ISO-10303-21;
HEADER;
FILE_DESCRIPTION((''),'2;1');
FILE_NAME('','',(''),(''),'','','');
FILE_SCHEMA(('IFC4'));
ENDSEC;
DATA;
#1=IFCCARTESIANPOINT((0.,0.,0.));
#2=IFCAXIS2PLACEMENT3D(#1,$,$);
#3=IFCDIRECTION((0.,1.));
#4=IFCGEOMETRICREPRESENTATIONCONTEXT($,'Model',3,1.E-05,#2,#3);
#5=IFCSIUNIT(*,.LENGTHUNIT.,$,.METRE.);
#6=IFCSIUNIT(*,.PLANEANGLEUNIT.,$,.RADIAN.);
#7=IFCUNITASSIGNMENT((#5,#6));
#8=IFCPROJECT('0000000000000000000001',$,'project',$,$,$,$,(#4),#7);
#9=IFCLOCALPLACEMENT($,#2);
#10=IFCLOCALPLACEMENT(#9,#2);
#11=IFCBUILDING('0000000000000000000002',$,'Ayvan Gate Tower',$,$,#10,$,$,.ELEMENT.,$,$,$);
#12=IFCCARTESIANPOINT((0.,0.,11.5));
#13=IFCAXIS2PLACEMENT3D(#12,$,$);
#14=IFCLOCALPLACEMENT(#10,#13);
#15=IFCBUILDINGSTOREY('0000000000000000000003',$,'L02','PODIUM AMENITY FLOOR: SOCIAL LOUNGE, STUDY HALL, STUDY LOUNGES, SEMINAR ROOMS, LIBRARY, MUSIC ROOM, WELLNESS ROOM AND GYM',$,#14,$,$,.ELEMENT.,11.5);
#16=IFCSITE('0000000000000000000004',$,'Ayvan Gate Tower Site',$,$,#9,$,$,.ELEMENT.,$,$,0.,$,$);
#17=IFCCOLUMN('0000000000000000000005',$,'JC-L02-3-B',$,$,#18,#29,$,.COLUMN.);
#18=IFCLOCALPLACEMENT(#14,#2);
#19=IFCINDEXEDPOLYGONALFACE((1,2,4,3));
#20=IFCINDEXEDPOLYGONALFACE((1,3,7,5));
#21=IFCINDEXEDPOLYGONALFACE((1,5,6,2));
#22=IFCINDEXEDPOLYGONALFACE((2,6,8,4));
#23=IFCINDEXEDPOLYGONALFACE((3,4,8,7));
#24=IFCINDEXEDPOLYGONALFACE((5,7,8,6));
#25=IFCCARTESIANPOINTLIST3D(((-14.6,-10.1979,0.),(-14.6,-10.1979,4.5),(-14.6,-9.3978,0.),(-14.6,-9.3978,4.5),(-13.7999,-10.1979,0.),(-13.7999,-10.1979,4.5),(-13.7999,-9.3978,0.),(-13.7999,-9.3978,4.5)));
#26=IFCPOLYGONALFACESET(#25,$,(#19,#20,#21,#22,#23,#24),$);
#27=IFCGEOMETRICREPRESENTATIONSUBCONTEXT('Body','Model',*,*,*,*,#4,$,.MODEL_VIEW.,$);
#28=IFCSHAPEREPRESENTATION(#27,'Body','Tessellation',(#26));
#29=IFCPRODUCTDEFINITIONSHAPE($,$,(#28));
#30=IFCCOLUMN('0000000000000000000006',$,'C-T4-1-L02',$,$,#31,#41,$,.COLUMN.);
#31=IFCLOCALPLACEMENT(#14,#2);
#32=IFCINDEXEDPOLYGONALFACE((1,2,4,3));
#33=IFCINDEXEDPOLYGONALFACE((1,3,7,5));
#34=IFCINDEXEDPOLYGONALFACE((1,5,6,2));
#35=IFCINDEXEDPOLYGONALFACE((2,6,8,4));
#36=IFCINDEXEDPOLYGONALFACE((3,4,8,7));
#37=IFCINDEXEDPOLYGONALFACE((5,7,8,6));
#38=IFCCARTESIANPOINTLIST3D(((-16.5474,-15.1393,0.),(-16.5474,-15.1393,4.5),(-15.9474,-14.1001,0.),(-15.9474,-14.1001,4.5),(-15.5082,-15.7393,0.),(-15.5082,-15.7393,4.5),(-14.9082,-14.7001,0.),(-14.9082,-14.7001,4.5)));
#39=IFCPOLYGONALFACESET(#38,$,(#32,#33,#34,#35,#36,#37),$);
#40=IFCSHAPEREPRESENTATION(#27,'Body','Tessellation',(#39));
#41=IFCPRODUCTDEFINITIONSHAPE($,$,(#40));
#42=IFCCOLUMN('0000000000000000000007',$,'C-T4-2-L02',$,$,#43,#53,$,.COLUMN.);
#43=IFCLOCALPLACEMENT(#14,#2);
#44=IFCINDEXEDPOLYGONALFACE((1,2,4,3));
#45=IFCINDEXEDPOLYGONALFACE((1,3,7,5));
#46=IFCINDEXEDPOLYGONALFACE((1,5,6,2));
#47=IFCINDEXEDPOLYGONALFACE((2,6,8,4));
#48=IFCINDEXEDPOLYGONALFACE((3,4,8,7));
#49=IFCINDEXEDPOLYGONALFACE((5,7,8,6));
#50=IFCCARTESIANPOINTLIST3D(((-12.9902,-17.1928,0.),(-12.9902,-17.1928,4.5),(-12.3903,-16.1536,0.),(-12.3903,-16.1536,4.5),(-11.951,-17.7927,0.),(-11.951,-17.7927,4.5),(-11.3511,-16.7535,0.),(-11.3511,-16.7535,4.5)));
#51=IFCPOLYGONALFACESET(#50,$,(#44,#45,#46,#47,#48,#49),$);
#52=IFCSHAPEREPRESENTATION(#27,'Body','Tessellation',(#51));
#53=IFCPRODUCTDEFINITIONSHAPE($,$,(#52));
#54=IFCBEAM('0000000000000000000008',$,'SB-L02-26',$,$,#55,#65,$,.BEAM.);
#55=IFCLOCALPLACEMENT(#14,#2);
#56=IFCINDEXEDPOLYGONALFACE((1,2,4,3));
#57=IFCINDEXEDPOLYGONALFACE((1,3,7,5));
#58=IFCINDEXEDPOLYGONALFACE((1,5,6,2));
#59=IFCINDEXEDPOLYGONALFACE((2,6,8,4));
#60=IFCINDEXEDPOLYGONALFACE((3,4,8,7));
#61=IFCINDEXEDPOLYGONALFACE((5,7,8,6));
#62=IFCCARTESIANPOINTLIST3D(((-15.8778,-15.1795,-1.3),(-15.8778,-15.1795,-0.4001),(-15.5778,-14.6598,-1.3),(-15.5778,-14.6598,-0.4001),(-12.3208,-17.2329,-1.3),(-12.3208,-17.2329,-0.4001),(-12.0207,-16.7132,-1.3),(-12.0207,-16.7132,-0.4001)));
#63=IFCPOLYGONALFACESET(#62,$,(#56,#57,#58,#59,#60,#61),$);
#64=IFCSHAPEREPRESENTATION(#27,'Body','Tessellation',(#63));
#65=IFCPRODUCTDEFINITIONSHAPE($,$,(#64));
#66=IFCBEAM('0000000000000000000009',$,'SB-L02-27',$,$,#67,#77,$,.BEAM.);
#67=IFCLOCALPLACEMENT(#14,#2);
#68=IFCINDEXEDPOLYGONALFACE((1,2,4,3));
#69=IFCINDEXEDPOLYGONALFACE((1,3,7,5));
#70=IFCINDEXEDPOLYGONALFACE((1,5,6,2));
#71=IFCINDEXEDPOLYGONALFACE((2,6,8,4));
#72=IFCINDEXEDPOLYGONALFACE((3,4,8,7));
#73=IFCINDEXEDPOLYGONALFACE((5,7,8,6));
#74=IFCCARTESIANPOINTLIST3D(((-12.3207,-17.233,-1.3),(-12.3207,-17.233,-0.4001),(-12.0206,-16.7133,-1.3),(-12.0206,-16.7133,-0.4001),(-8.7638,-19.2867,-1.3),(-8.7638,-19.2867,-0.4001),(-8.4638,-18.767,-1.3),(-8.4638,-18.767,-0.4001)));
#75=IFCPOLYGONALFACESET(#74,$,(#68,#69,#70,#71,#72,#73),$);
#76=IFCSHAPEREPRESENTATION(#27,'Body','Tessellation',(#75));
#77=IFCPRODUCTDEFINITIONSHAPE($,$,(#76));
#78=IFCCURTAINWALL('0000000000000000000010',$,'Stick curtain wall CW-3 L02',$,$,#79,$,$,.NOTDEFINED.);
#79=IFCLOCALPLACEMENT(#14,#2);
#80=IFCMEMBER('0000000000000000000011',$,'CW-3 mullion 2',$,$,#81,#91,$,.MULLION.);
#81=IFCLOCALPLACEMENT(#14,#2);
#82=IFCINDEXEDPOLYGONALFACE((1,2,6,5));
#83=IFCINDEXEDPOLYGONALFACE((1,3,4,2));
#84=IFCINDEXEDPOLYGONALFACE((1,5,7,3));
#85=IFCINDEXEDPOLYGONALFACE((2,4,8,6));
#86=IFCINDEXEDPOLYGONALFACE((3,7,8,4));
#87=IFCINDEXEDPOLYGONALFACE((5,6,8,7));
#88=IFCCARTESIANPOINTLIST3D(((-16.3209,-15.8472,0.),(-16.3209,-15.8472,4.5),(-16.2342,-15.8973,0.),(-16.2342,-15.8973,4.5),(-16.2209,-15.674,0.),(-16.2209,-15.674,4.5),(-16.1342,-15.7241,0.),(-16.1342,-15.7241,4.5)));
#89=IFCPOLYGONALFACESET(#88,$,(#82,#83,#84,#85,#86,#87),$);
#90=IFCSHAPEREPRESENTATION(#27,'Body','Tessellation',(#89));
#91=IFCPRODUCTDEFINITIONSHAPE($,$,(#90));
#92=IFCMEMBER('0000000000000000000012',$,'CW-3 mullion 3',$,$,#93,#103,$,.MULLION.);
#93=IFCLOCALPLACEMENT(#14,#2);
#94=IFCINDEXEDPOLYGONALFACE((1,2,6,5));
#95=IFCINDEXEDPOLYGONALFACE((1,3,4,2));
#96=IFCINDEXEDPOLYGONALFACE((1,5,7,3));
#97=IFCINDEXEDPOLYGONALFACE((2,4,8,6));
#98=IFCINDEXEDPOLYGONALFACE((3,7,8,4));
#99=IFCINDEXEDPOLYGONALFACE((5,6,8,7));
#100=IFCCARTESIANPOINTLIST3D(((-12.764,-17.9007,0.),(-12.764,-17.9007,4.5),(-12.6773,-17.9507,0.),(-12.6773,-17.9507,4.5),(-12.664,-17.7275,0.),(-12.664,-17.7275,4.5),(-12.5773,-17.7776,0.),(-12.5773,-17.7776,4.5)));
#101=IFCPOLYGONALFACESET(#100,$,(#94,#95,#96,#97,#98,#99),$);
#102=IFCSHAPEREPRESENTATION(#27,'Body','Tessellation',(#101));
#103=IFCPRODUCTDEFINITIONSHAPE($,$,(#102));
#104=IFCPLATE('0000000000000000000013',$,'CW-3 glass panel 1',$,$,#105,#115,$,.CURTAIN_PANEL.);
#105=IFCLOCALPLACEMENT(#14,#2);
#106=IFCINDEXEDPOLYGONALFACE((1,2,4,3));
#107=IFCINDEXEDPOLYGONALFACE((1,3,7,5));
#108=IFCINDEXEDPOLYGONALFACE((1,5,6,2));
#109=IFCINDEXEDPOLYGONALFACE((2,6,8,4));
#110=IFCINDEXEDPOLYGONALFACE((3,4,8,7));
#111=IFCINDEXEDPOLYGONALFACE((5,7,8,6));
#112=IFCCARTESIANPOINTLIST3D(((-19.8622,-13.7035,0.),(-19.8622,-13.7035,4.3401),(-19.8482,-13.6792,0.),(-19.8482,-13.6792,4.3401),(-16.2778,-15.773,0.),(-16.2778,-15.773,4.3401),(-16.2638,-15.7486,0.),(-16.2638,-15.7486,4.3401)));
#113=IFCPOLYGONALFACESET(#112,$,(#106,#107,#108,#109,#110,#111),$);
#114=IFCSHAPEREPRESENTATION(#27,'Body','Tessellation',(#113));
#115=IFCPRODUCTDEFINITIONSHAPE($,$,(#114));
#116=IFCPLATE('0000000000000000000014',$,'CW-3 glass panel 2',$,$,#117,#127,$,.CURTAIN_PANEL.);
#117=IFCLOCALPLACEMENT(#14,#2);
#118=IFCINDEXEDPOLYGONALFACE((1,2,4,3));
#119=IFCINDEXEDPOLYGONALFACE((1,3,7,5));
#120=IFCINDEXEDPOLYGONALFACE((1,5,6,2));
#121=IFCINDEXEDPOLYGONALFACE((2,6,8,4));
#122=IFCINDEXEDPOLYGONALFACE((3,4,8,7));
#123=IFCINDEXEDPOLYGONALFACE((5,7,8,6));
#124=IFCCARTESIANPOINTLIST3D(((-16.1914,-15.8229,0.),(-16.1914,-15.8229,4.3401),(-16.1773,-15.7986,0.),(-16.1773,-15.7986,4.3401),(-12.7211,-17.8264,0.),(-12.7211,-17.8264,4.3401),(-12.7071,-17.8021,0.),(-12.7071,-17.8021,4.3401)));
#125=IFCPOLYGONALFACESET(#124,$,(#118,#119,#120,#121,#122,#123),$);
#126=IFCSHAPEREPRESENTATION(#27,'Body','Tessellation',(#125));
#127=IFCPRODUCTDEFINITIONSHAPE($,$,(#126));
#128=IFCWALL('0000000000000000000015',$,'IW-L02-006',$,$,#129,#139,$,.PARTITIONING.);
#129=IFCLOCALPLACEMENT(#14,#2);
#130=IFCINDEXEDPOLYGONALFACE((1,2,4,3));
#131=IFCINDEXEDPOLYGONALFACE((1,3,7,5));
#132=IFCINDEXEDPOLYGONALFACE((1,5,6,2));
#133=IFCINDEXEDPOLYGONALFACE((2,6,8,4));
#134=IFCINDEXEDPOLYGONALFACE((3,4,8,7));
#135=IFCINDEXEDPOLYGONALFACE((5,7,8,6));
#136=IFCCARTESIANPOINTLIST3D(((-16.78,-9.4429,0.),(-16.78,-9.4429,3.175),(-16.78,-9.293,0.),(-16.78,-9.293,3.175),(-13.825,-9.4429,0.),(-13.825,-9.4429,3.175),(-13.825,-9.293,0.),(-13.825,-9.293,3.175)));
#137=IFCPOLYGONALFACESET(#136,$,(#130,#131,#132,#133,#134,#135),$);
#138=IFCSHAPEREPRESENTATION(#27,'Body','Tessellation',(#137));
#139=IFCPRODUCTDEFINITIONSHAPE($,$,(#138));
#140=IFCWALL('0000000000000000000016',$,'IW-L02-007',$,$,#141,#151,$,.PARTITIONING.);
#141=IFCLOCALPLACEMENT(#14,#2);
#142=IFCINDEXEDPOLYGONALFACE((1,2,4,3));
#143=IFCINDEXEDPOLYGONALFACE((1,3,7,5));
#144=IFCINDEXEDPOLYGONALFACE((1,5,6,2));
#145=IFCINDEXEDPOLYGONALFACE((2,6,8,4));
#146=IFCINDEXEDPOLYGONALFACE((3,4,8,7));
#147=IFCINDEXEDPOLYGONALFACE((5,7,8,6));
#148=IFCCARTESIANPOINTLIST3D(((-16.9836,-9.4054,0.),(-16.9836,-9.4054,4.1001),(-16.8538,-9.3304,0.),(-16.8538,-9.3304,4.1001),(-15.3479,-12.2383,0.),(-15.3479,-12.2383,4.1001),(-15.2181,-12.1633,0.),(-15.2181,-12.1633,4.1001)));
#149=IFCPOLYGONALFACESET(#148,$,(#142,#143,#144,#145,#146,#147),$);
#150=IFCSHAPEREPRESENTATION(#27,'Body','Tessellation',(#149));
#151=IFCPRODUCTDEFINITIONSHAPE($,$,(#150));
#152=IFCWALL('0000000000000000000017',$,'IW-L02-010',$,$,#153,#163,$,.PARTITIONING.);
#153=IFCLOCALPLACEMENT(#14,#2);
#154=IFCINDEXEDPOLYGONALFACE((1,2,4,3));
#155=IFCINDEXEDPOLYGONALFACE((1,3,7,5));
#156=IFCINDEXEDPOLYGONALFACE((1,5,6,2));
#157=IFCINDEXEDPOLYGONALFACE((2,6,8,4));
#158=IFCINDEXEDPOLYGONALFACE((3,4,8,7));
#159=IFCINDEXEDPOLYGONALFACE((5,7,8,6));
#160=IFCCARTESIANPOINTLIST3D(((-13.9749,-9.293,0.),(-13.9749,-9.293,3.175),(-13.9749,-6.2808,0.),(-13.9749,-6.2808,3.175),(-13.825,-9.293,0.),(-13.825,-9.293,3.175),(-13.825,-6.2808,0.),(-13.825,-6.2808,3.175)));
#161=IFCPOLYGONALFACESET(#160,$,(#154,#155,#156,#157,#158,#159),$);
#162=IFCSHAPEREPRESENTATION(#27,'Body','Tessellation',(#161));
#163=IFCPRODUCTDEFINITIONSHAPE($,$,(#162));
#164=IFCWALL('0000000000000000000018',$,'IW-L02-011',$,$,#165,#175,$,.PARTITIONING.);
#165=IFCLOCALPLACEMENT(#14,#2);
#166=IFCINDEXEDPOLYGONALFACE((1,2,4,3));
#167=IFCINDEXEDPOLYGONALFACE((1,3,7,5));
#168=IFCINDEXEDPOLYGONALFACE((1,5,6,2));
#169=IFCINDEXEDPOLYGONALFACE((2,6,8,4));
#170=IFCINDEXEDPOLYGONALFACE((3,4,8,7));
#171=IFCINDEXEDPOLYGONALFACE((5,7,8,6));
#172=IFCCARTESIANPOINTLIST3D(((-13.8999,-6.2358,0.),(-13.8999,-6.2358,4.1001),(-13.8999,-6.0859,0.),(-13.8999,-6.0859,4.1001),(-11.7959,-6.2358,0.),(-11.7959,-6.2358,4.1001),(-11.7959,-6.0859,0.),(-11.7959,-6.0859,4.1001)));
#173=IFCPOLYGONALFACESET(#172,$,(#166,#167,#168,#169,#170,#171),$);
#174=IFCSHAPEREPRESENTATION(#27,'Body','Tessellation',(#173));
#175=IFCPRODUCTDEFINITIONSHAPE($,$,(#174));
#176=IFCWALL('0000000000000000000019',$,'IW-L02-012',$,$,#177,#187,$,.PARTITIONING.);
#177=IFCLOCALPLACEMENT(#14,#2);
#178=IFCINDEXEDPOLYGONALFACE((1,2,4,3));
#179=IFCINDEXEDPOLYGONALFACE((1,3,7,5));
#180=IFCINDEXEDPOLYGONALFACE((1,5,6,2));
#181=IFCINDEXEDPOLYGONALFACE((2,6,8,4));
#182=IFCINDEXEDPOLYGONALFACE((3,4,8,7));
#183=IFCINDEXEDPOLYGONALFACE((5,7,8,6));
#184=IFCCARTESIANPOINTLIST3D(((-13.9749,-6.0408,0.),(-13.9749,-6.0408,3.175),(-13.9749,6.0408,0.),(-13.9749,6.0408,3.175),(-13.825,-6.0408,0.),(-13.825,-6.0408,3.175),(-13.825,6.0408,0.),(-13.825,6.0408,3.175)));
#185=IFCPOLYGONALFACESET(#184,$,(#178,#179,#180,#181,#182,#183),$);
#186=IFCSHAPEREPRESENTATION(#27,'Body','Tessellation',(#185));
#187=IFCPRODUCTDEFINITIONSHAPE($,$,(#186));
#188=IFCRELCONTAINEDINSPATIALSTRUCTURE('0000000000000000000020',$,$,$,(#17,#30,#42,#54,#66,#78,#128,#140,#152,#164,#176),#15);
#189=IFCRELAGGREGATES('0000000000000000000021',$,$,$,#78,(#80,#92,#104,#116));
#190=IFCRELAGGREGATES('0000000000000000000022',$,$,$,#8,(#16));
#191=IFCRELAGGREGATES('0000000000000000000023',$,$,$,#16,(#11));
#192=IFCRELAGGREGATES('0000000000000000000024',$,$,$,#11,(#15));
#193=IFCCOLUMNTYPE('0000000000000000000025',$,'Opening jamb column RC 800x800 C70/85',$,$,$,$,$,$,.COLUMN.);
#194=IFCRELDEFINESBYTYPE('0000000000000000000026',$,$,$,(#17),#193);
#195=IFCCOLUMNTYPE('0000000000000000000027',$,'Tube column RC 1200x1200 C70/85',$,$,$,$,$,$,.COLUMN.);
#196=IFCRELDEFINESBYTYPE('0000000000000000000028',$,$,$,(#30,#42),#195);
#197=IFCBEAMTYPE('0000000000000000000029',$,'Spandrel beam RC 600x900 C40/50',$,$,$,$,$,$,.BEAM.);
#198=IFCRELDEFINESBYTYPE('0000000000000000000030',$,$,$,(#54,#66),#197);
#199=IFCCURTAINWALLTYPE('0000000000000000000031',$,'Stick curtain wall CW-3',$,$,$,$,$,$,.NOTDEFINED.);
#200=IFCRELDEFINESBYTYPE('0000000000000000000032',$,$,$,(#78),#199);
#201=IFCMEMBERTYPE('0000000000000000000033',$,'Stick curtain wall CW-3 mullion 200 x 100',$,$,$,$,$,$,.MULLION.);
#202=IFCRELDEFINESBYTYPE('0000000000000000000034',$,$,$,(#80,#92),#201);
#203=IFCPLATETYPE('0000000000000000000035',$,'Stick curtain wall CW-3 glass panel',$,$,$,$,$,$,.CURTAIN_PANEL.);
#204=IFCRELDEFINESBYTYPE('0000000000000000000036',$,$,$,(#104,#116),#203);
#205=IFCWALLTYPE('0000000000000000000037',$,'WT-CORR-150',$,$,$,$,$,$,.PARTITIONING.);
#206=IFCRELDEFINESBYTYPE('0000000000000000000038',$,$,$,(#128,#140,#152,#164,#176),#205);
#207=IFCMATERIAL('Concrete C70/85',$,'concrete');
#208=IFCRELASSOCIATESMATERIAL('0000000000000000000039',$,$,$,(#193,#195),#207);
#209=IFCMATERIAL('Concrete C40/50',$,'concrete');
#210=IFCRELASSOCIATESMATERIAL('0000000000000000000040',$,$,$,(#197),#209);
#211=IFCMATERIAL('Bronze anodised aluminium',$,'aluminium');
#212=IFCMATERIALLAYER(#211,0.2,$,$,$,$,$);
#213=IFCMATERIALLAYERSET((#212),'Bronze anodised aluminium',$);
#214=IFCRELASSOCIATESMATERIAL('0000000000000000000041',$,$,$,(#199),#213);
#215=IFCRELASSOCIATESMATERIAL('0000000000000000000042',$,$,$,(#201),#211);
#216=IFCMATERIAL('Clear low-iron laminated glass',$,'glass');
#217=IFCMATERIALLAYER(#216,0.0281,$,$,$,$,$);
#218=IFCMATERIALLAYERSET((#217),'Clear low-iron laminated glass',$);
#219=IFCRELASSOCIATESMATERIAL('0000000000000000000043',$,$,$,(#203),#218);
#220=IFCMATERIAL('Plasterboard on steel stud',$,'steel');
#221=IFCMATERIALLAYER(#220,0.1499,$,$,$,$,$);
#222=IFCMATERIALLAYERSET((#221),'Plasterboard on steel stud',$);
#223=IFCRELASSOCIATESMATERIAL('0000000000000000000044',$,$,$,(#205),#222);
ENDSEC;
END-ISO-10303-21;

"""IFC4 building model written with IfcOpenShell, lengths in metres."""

from ifc_helpers import new_model, si_unit, direction, frame, frame_2d, origin, origin_2d, place, context, subcontext, project, spatial, rectangle, extrude, material, layer, layer_set, material_profile, profile_set, type_object, element, aggregate, save


model = new_model("IFC4")

# Units and contexts
model_context = context("Model", 3, precision=1e-05, world=origin(), true_north=direction((0.0, 1.0)))
body_context = subcontext(model_context, "Body", "Model", "MODEL_VIEW")
ifc_project = project(units=[si_unit("LENGTHUNIT", "METRE"), si_unit("PLANEANGLEUNIT", "RADIAN")], contexts=[model_context])

# Site, building, storey
site_placement = place(None, origin())
site = spatial("IfcSite", under=ifc_project, at=site_placement, Name="Ayvan Gate Tower Site", CompositionType="ELEMENT", RefElevation=0.0)
building_placement = place(site_placement, origin())
building = spatial("IfcBuilding", under=site, at=building_placement, Name="Ayvan Gate Tower", CompositionType="ELEMENT")
storey_placement = place(building_placement, frame((0.0, 0.0, 11.5)))
storey = spatial("IfcBuildingStorey", under=building, at=storey_placement, Name="L02", Description="PODIUM AMENITY FLOOR: SOCIAL LOUNGE, STUDY HALL, STUDY LOUNGES, SEMINAR ROOMS, LIBRARY, MUSIC ROOM, WELLNESS ROOM AND GYM", CompositionType="ELEMENT", Elevation=11.5)

# Columns
ifc_material_1 = material(Name="Concrete C70/85", Category="concrete")
ifc_material_profile_1 = material_profile(ifc_material_1, rectangle(XDim=0.8, YDim=0.8, at=origin_2d()), Name="RC 800x800")
ifc_profile_set_1 = profile_set([ifc_material_profile_1], Name="Concrete C70/85")
column_type_1 = type_object("IfcColumnType", Name="Opening jamb column RC 800x800 C70/85", PredefinedType="COLUMN", material=ifc_profile_set_1)
column_placement = place(storey_placement, frame((-14.2, -9.7979, 0.0), z_axis=(0.0, 0.0, 1.0), x_axis=(-1.0, 0.0, 0.0)))
element("IfcColumn", 1, at=column_placement, inside=storey, type_object=column_type_1, Name="JC-L02-3-B", PredefinedType="COLUMN", context=body_context, shape_type="SweptSolid", body=[
    extrude(rectangle(XDim=0.8, YDim=0.8, at=origin_2d()), origin(), (0.0, 0.0, 1.0), 4.5),
])
ifc_material_profile_2 = material_profile(ifc_material_1, rectangle(XDim=1.2, YDim=1.2, at=origin_2d()), Name="RC 1200x1200")
ifc_profile_set_2 = profile_set([ifc_material_profile_2], Name="Concrete C70/85")
column_type_2 = type_object("IfcColumnType", Name="Tube column RC 1200x1200 C70/85", PredefinedType="COLUMN", material=ifc_profile_set_2)
for number, where, z_axis, x_axis, name in (
    (2, (-15.7278, -14.9197, 0.0), (0.0, 0.0, 1.0), (-0.5, -0.866025, 0.0), "C-T4-1-L02"),
    (3, (-12.1707, -16.9731, 0.0), (0.0, 0.0, 1.0), (-0.5, -0.866025, 0.0), "C-T4-2-L02"),
):
    element("IfcColumn", number, at=place(storey_placement, frame(where, z_axis=z_axis, x_axis=x_axis)), inside=storey, type_object=column_type_2, Name=name, PredefinedType="COLUMN", context=body_context, shape_type="SweptSolid", body=[
        extrude(rectangle(XDim=1.2, YDim=1.2, at=origin_2d()), origin(), (0.0, 0.0, 1.0), 4.5),
    ])

# Beams
ifc_material_2 = material(Name="Concrete C40/50", Category="concrete")
ifc_material_profile_3 = material_profile(ifc_material_2, rectangle(XDim=0.6001, YDim=0.8999, at=origin_2d()), Name="RC 600x900")
ifc_profile_set_3 = profile_set([ifc_material_profile_3], Name="Concrete C40/50")
beam_type = type_object("IfcBeamType", Name="Spandrel beam RC 600x900 C40/50", PredefinedType="BEAM", material=ifc_profile_set_3)
for number, where, z_axis, x_axis, name in (
    (4, (-15.7278, -14.9197, -0.8501), (0.866051, -0.499956, 0.0), (0.499956, 0.866051, 0.0), "SB-L02-26"),
    (5, (-12.1707, -16.9731, -0.8501), (0.86601, -0.500026, 0.0), (0.500026, 0.86601, 0.0), "SB-L02-27"),
):
    element("IfcBeam", number, at=place(storey_placement, frame(where, z_axis=z_axis, x_axis=x_axis)), inside=storey, type_object=beam_type, Name=name, PredefinedType="BEAM", context=body_context, shape_type="SweptSolid", body=[
        extrude(rectangle(XDim=0.6001, YDim=0.8999, at=origin_2d()), origin(), (0.0, 0.0, 1.0), 4.1072),
    ])

# Curtain wall, members, plates
ifc_material_3 = material(Name="Bronze anodised aluminium", Category="aluminium")
ifc_layer_1 = layer(ifc_material_3, 0.2)
ifc_layer_set_1 = layer_set([ifc_layer_1], Name="Bronze anodised aluminium")
curtain_wall_type = type_object("IfcCurtainWallType", Name="Stick curtain wall CW-3", PredefinedType="NOTDEFINED", material=ifc_layer_set_1)
curtain_wall_placement = place(storey_placement, origin())
curtain_wall = element("IfcCurtainWall", 6, at=curtain_wall_placement, inside=storey, type_object=curtain_wall_type, Name="Stick curtain wall CW-3 L02", PredefinedType="NOTDEFINED")
ifc_material_profile_4 = material_profile(ifc_material_3, rectangle(XDim=0.2, YDim=0.1001, at=origin_2d()), Name="Stick curtain wall CW-3 mullion 200 x 100")
ifc_profile_set_4 = profile_set([ifc_material_profile_4], Name="Bronze anodised aluminium")
member_type = type_object("IfcMemberType", Name="Stick curtain wall CW-3 mullion 200 x 100", PredefinedType="MULLION", material=ifc_profile_set_4)
member_1_placement = place(storey_placement, frame((-16.2275, -15.7856, 0.0), z_axis=(0.0, 0.0, 1.0), x_axis=(-0.5, -0.866025, 0.0)))
member_1 = element("IfcMember", 7, at=member_1_placement, type_object=member_type, Name="CW-3 mullion 2", PredefinedType="MULLION", context=body_context, shape_type="SweptSolid", body=[
    extrude(rectangle(XDim=0.2, YDim=0.1001, at=origin_2d()), origin(), (0.0, 0.0, 1.0), 4.5),
])
member_2_placement = place(storey_placement, frame((-12.6707, -17.8391, 0.0), z_axis=(0.0, 0.0, 1.0), x_axis=(-0.5, -0.866025, 0.0)))
member_2 = element("IfcMember", 8, at=member_2_placement, type_object=member_type, Name="CW-3 mullion 3", PredefinedType="MULLION", context=body_context, shape_type="SweptSolid", body=[
    extrude(rectangle(XDim=0.2, YDim=0.1001, at=origin_2d()), origin(), (0.0, 0.0, 1.0), 4.5),
])
ifc_material_4 = material(Name="Clear low-iron laminated glass", Category="glass")
ifc_layer_2 = layer(ifc_material_4, 0.0281)
ifc_layer_set_2 = layer_set([ifc_layer_2], Name="Clear low-iron laminated glass")
plate_type = type_object("IfcPlateType", Name="Stick curtain wall CW-3 glass panel", PredefinedType="CURTAIN_PANEL", material=ifc_layer_set_2)
plate_1_placement = place(storey_placement, frame((-18.063, -14.7261, 0.0), z_axis=(0.0, 0.0, 1.0), x_axis=(0.866025, -0.5, 0.0)))
plate_1 = element("IfcPlate", 9, at=plate_1_placement, type_object=plate_type, Name="CW-3 glass panel 1", PredefinedType="CURTAIN_PANEL", context=body_context, shape_type="SweptSolid", body=[
    extrude(rectangle(XDim=4.1389, YDim=0.0281, at=origin_2d()), origin(), (0.0, 0.0, 1.0), 4.3401),
])
plate_2_placement = place(storey_placement, frame((-14.4492, -16.8125, 0.0), z_axis=(0.0, 0.0, 1.0), x_axis=(0.866025, -0.5, 0.0)))
plate_2 = element("IfcPlate", 10, at=plate_2_placement, type_object=plate_type, Name="CW-3 glass panel 2", PredefinedType="CURTAIN_PANEL", context=body_context, shape_type="SweptSolid", body=[
    extrude(rectangle(XDim=4.0071, YDim=0.0281, at=origin_2d()), origin(), (0.0, 0.0, 1.0), 4.3401),
])
aggregate(curtain_wall, [member_1, member_2, plate_1, plate_2])

# Walls
ifc_material_5 = material(Name="Plasterboard on steel stud", Category="steel")
ifc_layer_3 = layer(ifc_material_5, 0.1499)
ifc_layer_set_3 = layer_set([ifc_layer_3], Name="Plasterboard on steel stud")
wall_type_1 = type_object("IfcWallType", Name="WT-CORR-150", PredefinedType="PARTITIONING", material=ifc_layer_set_3)
wall_1_placement = place(storey_placement, frame((-16.78, -9.3679, 0.0), z_axis=(0.0, 0.0, 1.0), x_axis=(1.0, 0.0, 0.0)))
element("IfcWall", 11, at=wall_1_placement, inside=storey, type_object=wall_type_1, Name="IW-L02-006", PredefinedType="PARTITIONING", context=body_context, shape_type="SweptSolid", body=[
    extrude(rectangle(XDim=2.9551, YDim=0.1499, at=frame_2d((1.4775, 0.0))), origin(), (0.0, 0.0, 1.0), 3.175),
])
wall_2_placement = place(storey_placement, frame((-15.283, -12.2009, 0.0), z_axis=(0.0, 0.0, 1.0), x_axis=(-0.500024, 0.866012, 0.0)))
element("IfcWall", 12, at=wall_2_placement, inside=storey, type_object=wall_type_1, Name="IW-L02-007", PredefinedType="PARTITIONING", context=body_context, shape_type="SweptSolid", body=[
    extrude(rectangle(XDim=3.2712, YDim=0.1499, at=frame_2d((1.6357, 0.0))), origin(), (0.0, 0.0, 1.0), 4.1001),
])
wall_3_placement = place(storey_placement, frame((-13.8999, -9.293, 0.0), z_axis=(0.0, 0.0, 1.0), x_axis=(0.0, 1.0, 0.0)))
element("IfcWall", 13, at=wall_3_placement, inside=storey, type_object=wall_type_1, Name="IW-L02-010", PredefinedType="PARTITIONING", context=body_context, shape_type="SweptSolid", body=[
    extrude(rectangle(XDim=3.0122, YDim=0.1499, at=frame_2d((1.5061, 0.0))), origin(), (0.0, 0.0, 1.0), 3.175),
])
wall_4_placement = place(storey_placement, frame((-13.8999, -6.1609, 0.0), z_axis=(0.0, 0.0, 1.0), x_axis=(1.0, 0.0, 0.0)))
element("IfcWall", 14, at=wall_4_placement, inside=storey, type_object=wall_type_1, Name="IW-L02-011", PredefinedType="PARTITIONING", context=body_context, shape_type="SweptSolid", body=[
    extrude(rectangle(XDim=2.104, YDim=0.1499, at=frame_2d((1.052, 0.0))), origin(), (0.0, 0.0, 1.0), 4.1001),
])
wall_5_placement = place(storey_placement, frame((-13.8999, -6.0408, 0.0), z_axis=(0.0, 0.0, 1.0), x_axis=(0.0, 1.0, 0.0)))
element("IfcWall", 15, at=wall_5_placement, inside=storey, type_object=wall_type_1, Name="IW-L02-012", PredefinedType="PARTITIONING", context=body_context, shape_type="SweptSolid", body=[
    extrude(rectangle(XDim=12.0815, YDim=0.1499, at=frame_2d((6.0408, 0.0))), origin(), (0.0, 0.0, 1.0), 3.175),
])

save(model, "model.ifc")
